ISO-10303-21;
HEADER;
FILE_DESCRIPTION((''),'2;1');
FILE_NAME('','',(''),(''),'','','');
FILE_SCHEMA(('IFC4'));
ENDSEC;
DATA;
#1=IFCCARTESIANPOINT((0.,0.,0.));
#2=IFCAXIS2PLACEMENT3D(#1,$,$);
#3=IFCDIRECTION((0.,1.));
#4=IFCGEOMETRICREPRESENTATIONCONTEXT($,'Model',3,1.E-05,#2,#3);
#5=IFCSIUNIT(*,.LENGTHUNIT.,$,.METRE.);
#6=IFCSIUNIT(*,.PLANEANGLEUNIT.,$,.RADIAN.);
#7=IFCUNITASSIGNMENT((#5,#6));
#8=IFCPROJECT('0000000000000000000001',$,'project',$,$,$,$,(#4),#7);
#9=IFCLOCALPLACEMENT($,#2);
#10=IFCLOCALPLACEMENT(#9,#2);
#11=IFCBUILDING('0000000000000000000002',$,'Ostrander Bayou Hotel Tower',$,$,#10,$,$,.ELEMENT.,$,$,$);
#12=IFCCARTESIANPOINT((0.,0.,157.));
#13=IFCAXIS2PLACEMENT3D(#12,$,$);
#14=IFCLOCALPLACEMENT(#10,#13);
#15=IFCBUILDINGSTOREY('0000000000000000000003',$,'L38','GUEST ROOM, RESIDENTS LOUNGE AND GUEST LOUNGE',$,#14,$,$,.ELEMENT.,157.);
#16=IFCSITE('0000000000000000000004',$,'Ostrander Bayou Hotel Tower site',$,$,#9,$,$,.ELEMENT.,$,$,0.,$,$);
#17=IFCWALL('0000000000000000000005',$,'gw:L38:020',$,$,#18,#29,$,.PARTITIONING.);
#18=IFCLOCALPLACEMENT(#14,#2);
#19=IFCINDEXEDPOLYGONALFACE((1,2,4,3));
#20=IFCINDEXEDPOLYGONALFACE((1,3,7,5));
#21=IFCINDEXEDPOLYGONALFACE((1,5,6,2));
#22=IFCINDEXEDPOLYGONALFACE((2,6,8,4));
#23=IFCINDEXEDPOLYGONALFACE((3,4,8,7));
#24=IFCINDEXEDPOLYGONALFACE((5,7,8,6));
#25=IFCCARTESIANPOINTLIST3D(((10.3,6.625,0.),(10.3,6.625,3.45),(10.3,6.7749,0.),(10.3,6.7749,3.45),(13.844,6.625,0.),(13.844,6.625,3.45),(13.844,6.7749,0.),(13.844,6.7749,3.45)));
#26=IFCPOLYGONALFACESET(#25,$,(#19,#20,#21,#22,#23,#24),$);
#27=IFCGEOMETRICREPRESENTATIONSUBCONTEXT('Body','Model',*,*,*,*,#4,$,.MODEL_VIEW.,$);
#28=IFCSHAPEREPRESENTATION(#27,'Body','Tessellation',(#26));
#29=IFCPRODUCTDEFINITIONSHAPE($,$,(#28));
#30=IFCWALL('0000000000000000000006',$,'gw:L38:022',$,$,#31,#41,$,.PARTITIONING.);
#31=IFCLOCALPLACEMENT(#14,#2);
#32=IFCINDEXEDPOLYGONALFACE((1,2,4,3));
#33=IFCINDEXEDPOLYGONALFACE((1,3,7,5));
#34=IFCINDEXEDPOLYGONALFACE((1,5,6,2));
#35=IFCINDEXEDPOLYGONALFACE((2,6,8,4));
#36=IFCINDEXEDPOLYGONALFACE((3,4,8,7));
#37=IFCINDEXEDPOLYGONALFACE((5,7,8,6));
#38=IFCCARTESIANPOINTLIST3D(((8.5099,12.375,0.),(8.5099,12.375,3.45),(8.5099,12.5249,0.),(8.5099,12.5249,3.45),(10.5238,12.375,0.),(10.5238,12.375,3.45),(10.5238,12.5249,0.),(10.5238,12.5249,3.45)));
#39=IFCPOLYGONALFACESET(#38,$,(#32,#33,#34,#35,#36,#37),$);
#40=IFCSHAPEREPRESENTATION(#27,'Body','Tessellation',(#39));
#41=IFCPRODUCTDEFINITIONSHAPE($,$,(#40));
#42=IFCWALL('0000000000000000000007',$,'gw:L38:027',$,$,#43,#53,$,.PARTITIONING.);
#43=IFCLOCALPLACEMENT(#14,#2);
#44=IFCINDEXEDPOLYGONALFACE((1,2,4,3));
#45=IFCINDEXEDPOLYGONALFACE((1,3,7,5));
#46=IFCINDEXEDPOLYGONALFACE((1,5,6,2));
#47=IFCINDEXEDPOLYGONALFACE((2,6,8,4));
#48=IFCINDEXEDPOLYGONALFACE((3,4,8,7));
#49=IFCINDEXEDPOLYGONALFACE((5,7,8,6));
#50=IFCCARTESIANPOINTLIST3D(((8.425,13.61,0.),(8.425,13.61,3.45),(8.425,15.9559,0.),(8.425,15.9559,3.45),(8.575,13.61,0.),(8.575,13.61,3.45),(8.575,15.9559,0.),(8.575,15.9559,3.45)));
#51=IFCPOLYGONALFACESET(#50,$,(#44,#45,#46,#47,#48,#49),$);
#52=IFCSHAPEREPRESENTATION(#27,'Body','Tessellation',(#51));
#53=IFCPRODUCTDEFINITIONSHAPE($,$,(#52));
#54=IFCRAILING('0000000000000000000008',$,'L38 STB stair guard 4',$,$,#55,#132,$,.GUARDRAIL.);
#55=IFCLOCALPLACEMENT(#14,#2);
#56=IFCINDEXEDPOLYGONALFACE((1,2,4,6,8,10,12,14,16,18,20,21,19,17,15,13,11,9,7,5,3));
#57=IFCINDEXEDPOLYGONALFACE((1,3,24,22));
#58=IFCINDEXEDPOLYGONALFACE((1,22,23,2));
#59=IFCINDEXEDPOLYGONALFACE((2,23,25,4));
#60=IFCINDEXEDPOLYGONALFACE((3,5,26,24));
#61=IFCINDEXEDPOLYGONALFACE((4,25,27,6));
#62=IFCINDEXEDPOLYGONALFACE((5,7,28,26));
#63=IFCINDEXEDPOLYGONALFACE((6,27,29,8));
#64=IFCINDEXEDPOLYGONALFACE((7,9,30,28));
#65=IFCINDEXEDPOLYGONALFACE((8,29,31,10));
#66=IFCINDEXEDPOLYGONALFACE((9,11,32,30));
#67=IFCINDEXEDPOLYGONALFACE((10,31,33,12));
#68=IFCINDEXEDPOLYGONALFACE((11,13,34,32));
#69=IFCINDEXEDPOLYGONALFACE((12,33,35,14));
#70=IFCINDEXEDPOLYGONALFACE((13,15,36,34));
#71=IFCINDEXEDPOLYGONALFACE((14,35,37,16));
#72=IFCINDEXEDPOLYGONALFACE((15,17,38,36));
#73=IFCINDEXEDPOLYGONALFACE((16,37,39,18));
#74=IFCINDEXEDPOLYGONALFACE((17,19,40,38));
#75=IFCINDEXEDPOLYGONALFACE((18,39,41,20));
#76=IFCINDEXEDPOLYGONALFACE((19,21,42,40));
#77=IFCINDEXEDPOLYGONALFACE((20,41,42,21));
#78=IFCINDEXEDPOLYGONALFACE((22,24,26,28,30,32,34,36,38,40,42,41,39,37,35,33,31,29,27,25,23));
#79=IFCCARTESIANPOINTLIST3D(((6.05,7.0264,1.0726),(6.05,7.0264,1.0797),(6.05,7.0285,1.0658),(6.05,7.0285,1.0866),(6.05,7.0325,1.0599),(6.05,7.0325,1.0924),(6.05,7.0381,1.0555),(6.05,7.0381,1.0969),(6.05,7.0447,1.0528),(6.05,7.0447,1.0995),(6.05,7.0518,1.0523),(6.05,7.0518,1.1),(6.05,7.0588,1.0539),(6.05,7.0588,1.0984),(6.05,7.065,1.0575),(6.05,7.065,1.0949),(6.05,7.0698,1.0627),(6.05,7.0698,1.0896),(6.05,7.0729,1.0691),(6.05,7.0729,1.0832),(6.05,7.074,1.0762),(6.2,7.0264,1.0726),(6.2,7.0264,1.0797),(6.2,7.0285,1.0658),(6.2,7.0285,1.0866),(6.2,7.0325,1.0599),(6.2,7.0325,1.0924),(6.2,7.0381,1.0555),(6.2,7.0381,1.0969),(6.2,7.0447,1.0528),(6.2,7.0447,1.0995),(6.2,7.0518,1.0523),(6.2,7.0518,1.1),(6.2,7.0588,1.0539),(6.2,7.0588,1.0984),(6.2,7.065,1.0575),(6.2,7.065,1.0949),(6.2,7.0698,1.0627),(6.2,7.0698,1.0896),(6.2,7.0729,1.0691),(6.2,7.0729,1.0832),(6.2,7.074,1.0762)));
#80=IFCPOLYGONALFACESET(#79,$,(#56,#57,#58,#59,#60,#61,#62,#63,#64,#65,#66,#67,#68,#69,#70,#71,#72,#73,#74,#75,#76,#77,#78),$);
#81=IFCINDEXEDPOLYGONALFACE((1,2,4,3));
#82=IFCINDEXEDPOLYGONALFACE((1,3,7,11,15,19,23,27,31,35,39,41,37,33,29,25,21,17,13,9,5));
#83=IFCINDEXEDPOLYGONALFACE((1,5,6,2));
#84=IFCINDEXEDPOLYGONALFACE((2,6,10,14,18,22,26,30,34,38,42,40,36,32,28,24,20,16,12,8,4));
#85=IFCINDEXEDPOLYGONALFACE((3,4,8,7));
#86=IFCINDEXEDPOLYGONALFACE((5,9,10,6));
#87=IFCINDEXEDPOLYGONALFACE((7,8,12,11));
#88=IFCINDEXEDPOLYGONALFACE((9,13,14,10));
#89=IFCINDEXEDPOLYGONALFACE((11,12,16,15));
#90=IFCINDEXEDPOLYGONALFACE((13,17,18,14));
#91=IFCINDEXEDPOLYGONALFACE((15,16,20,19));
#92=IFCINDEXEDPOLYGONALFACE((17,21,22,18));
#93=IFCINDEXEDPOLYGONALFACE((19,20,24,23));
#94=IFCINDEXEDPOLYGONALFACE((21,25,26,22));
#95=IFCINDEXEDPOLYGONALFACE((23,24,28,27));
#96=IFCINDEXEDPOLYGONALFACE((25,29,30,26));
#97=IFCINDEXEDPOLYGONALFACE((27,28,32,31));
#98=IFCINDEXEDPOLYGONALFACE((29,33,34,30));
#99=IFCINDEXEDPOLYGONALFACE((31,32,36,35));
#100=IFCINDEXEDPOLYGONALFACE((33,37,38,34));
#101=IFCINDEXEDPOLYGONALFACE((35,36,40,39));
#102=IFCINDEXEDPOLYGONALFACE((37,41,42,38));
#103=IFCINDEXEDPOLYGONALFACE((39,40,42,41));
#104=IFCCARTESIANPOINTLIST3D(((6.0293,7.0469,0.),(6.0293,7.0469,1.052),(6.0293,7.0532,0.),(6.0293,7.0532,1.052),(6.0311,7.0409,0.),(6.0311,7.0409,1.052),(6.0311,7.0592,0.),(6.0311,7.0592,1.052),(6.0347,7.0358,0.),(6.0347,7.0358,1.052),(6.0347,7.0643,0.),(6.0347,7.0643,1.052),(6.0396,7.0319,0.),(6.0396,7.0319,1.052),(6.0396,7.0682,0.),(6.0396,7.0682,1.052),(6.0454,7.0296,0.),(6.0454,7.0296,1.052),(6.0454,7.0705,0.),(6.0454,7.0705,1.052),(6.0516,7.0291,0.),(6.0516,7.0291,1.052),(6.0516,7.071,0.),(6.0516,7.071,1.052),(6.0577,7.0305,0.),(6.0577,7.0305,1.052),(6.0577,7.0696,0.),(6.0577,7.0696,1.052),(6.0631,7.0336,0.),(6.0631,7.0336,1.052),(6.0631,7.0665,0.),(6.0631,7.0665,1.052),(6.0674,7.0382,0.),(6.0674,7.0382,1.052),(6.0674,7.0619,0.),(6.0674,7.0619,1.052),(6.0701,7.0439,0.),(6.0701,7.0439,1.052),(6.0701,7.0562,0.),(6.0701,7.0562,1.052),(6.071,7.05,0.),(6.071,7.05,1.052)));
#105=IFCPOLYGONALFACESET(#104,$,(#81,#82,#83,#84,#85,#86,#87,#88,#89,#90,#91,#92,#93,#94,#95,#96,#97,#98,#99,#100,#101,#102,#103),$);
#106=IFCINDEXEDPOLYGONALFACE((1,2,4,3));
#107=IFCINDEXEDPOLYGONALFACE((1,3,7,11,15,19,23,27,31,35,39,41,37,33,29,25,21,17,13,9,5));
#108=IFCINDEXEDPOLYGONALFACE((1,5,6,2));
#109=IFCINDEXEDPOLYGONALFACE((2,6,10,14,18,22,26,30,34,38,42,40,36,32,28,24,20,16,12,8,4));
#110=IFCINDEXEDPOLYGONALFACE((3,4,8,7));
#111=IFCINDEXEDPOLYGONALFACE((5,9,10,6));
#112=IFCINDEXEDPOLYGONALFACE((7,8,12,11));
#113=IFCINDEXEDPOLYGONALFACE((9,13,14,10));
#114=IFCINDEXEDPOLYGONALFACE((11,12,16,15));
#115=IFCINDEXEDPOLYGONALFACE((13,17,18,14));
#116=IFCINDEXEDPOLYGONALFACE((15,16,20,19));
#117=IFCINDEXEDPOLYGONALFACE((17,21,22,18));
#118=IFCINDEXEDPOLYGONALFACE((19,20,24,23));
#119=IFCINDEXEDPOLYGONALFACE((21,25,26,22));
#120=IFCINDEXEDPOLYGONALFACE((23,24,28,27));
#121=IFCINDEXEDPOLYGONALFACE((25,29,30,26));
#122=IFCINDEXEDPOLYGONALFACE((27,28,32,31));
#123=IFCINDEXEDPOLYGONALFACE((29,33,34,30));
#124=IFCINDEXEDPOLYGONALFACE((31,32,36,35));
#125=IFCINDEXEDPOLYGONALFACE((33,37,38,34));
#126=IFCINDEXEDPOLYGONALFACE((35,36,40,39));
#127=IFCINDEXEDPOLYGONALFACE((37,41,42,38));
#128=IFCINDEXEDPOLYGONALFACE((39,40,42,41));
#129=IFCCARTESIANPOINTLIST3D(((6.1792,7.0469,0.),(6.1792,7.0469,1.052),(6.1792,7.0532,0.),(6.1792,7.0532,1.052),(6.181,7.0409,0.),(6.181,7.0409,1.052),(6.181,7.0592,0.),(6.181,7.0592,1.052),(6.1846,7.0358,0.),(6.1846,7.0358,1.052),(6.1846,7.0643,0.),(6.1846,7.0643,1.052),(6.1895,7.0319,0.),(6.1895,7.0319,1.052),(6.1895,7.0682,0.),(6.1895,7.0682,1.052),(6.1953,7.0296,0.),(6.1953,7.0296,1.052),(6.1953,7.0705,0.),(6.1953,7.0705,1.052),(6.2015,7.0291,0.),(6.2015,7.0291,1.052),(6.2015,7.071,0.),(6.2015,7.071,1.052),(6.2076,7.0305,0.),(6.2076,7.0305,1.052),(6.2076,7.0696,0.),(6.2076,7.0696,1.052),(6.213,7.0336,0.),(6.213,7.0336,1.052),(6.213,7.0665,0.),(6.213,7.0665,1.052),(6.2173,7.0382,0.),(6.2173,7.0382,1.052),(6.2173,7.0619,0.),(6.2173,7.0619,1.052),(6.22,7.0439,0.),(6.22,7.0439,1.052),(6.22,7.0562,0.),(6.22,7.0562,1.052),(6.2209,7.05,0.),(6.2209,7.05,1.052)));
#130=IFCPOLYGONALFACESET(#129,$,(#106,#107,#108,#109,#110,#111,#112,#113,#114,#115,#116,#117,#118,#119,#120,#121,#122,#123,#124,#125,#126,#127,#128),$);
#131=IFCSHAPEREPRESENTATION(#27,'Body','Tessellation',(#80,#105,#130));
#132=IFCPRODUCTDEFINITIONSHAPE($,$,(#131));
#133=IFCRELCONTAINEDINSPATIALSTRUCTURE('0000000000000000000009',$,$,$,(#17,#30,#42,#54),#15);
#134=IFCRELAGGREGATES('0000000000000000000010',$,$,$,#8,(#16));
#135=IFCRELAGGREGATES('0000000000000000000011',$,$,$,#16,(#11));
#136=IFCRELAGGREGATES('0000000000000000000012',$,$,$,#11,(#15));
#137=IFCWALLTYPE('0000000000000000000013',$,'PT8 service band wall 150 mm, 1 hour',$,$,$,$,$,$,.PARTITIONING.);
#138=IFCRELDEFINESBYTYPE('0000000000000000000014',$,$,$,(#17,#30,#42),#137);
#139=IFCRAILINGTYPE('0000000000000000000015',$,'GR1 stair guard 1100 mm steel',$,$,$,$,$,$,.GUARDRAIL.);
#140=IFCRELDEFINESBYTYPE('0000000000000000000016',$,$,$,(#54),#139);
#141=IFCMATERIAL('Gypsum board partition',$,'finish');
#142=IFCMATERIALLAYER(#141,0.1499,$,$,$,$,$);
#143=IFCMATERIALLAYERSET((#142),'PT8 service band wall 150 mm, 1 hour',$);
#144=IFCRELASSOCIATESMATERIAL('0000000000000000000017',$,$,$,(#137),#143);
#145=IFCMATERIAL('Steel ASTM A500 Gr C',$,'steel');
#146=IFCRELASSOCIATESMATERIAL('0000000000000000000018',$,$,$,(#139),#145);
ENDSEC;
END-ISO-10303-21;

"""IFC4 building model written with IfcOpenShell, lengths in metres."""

from ifc_helpers import new_model, si_unit, direction, frame, frame_2d, origin, origin_2d, place, context, subcontext, project, spatial, rectangle, circle, extrude, material, layer, layer_set, type_object, element, save


model = new_model("IFC4")

# Units and contexts
model_context = context("Model", 3, precision=1e-05, world=origin(), true_north=direction((0.0, 1.0)))
body_context = subcontext(model_context, "Body", "Model", "MODEL_VIEW")
ifc_project = project(units=[si_unit("LENGTHUNIT", "METRE"), si_unit("PLANEANGLEUNIT", "RADIAN")], contexts=[model_context])

# Site, building, storey
site_placement = place(None, origin())
site = spatial("IfcSite", under=ifc_project, at=site_placement, Name="Ostrander Bayou Hotel Tower site", CompositionType="ELEMENT", RefElevation=0.0)
building_placement = place(site_placement, origin())
building = spatial("IfcBuilding", under=site, at=building_placement, Name="Ostrander Bayou Hotel Tower", CompositionType="ELEMENT")
storey_placement = place(building_placement, frame((0.0, 0.0, 157.0)))
storey = spatial("IfcBuildingStorey", under=building, at=storey_placement, Name="L38", Description="GUEST ROOM, RESIDENTS LOUNGE AND GUEST LOUNGE", CompositionType="ELEMENT", Elevation=157.0)

# Walls
ifc_material_1 = material(Name="Gypsum board partition", Category="finish")
ifc_layer_1 = layer(ifc_material_1, 0.1499)
ifc_layer_set_1 = layer_set([ifc_layer_1], Name="PT8 service band wall 150 mm, 1 hour")
wall_type_1 = type_object("IfcWallType", Name="PT8 service band wall 150 mm, 1 hour", PredefinedType="PARTITIONING", material=ifc_layer_set_1)
wall_1_placement = place(storey_placement, frame((10.3, 6.7, 0.0), z_axis=(0.0, 0.0, 1.0), x_axis=(1.0, 0.0, 0.0)))
element("IfcWall", 1, at=wall_1_placement, inside=storey, type_object=wall_type_1, Name="gw:L38:020", PredefinedType="PARTITIONING", context=body_context, shape_type="SweptSolid", body=[
    extrude(rectangle(XDim=3.5439, YDim=0.1499, at=frame_2d((1.772, 0.0))), origin(), (0.0, 0.0, 1.0), 3.45),
])
wall_2_placement = place(storey_placement, frame((8.51, 12.45, 0.0), z_axis=(0.0, 0.0, 1.0), x_axis=(1.0, 0.0, 0.0)))
element("IfcWall", 2, at=wall_2_placement, inside=storey, type_object=wall_type_1, Name="gw:L38:022", PredefinedType="PARTITIONING", context=body_context, shape_type="SweptSolid", body=[
    extrude(rectangle(XDim=2.0139, YDim=0.1499, at=frame_2d((1.0068, 0.0))), origin(), (0.0, 0.0, 1.0), 3.45),
])
wall_3_placement = place(storey_placement, frame((8.5, 13.6101, 0.0), z_axis=(0.0, 0.0, 1.0), x_axis=(0.0, 1.0, 0.0)))
element("IfcWall", 3, at=wall_3_placement, inside=storey, type_object=wall_type_1, Name="gw:L38:027", PredefinedType="PARTITIONING", context=body_context, shape_type="SweptSolid", body=[
    extrude(rectangle(XDim=2.3459, YDim=0.1499, at=frame_2d((1.1729, 0.0))), origin(), (0.0, 0.0, 1.0), 3.45),
])

# Railing
ifc_material_2 = material(Name="Steel ASTM A500 Gr C", Category="steel")
railing_type = type_object("IfcRailingType", Name="GR1 stair guard 1100 mm steel", PredefinedType="GUARDRAIL", material=ifc_material_2)
railing_placement = place(storey_placement, frame((6.05, 7.05, 0.0)))
element("IfcRailing", 4, at=railing_placement, inside=storey, type_object=railing_type, Name="L38 STB stair guard 4", PredefinedType="GUARDRAIL", context=body_context, shape_type="SweptSolid", body=[
    extrude(circle(Radius=0.0239, at=origin_2d()), frame((0.0, 0.0, 1.0762), z_axis=(1.0, 0.0, 0.0), x_axis=(0.0, 1.0, 0.0)), (0.0, 0.0, 1.0), 0.1499),
    extrude(circle(Radius=0.021, at=origin_2d()), origin(), (0.0, 0.0, 1.0), 1.052),
    extrude(circle(Radius=0.021, at=origin_2d()), frame((0.1499, 0.0, 0.0)), (0.0, 0.0, 1.0), 1.052),
])

save(model, "model.ifc")
